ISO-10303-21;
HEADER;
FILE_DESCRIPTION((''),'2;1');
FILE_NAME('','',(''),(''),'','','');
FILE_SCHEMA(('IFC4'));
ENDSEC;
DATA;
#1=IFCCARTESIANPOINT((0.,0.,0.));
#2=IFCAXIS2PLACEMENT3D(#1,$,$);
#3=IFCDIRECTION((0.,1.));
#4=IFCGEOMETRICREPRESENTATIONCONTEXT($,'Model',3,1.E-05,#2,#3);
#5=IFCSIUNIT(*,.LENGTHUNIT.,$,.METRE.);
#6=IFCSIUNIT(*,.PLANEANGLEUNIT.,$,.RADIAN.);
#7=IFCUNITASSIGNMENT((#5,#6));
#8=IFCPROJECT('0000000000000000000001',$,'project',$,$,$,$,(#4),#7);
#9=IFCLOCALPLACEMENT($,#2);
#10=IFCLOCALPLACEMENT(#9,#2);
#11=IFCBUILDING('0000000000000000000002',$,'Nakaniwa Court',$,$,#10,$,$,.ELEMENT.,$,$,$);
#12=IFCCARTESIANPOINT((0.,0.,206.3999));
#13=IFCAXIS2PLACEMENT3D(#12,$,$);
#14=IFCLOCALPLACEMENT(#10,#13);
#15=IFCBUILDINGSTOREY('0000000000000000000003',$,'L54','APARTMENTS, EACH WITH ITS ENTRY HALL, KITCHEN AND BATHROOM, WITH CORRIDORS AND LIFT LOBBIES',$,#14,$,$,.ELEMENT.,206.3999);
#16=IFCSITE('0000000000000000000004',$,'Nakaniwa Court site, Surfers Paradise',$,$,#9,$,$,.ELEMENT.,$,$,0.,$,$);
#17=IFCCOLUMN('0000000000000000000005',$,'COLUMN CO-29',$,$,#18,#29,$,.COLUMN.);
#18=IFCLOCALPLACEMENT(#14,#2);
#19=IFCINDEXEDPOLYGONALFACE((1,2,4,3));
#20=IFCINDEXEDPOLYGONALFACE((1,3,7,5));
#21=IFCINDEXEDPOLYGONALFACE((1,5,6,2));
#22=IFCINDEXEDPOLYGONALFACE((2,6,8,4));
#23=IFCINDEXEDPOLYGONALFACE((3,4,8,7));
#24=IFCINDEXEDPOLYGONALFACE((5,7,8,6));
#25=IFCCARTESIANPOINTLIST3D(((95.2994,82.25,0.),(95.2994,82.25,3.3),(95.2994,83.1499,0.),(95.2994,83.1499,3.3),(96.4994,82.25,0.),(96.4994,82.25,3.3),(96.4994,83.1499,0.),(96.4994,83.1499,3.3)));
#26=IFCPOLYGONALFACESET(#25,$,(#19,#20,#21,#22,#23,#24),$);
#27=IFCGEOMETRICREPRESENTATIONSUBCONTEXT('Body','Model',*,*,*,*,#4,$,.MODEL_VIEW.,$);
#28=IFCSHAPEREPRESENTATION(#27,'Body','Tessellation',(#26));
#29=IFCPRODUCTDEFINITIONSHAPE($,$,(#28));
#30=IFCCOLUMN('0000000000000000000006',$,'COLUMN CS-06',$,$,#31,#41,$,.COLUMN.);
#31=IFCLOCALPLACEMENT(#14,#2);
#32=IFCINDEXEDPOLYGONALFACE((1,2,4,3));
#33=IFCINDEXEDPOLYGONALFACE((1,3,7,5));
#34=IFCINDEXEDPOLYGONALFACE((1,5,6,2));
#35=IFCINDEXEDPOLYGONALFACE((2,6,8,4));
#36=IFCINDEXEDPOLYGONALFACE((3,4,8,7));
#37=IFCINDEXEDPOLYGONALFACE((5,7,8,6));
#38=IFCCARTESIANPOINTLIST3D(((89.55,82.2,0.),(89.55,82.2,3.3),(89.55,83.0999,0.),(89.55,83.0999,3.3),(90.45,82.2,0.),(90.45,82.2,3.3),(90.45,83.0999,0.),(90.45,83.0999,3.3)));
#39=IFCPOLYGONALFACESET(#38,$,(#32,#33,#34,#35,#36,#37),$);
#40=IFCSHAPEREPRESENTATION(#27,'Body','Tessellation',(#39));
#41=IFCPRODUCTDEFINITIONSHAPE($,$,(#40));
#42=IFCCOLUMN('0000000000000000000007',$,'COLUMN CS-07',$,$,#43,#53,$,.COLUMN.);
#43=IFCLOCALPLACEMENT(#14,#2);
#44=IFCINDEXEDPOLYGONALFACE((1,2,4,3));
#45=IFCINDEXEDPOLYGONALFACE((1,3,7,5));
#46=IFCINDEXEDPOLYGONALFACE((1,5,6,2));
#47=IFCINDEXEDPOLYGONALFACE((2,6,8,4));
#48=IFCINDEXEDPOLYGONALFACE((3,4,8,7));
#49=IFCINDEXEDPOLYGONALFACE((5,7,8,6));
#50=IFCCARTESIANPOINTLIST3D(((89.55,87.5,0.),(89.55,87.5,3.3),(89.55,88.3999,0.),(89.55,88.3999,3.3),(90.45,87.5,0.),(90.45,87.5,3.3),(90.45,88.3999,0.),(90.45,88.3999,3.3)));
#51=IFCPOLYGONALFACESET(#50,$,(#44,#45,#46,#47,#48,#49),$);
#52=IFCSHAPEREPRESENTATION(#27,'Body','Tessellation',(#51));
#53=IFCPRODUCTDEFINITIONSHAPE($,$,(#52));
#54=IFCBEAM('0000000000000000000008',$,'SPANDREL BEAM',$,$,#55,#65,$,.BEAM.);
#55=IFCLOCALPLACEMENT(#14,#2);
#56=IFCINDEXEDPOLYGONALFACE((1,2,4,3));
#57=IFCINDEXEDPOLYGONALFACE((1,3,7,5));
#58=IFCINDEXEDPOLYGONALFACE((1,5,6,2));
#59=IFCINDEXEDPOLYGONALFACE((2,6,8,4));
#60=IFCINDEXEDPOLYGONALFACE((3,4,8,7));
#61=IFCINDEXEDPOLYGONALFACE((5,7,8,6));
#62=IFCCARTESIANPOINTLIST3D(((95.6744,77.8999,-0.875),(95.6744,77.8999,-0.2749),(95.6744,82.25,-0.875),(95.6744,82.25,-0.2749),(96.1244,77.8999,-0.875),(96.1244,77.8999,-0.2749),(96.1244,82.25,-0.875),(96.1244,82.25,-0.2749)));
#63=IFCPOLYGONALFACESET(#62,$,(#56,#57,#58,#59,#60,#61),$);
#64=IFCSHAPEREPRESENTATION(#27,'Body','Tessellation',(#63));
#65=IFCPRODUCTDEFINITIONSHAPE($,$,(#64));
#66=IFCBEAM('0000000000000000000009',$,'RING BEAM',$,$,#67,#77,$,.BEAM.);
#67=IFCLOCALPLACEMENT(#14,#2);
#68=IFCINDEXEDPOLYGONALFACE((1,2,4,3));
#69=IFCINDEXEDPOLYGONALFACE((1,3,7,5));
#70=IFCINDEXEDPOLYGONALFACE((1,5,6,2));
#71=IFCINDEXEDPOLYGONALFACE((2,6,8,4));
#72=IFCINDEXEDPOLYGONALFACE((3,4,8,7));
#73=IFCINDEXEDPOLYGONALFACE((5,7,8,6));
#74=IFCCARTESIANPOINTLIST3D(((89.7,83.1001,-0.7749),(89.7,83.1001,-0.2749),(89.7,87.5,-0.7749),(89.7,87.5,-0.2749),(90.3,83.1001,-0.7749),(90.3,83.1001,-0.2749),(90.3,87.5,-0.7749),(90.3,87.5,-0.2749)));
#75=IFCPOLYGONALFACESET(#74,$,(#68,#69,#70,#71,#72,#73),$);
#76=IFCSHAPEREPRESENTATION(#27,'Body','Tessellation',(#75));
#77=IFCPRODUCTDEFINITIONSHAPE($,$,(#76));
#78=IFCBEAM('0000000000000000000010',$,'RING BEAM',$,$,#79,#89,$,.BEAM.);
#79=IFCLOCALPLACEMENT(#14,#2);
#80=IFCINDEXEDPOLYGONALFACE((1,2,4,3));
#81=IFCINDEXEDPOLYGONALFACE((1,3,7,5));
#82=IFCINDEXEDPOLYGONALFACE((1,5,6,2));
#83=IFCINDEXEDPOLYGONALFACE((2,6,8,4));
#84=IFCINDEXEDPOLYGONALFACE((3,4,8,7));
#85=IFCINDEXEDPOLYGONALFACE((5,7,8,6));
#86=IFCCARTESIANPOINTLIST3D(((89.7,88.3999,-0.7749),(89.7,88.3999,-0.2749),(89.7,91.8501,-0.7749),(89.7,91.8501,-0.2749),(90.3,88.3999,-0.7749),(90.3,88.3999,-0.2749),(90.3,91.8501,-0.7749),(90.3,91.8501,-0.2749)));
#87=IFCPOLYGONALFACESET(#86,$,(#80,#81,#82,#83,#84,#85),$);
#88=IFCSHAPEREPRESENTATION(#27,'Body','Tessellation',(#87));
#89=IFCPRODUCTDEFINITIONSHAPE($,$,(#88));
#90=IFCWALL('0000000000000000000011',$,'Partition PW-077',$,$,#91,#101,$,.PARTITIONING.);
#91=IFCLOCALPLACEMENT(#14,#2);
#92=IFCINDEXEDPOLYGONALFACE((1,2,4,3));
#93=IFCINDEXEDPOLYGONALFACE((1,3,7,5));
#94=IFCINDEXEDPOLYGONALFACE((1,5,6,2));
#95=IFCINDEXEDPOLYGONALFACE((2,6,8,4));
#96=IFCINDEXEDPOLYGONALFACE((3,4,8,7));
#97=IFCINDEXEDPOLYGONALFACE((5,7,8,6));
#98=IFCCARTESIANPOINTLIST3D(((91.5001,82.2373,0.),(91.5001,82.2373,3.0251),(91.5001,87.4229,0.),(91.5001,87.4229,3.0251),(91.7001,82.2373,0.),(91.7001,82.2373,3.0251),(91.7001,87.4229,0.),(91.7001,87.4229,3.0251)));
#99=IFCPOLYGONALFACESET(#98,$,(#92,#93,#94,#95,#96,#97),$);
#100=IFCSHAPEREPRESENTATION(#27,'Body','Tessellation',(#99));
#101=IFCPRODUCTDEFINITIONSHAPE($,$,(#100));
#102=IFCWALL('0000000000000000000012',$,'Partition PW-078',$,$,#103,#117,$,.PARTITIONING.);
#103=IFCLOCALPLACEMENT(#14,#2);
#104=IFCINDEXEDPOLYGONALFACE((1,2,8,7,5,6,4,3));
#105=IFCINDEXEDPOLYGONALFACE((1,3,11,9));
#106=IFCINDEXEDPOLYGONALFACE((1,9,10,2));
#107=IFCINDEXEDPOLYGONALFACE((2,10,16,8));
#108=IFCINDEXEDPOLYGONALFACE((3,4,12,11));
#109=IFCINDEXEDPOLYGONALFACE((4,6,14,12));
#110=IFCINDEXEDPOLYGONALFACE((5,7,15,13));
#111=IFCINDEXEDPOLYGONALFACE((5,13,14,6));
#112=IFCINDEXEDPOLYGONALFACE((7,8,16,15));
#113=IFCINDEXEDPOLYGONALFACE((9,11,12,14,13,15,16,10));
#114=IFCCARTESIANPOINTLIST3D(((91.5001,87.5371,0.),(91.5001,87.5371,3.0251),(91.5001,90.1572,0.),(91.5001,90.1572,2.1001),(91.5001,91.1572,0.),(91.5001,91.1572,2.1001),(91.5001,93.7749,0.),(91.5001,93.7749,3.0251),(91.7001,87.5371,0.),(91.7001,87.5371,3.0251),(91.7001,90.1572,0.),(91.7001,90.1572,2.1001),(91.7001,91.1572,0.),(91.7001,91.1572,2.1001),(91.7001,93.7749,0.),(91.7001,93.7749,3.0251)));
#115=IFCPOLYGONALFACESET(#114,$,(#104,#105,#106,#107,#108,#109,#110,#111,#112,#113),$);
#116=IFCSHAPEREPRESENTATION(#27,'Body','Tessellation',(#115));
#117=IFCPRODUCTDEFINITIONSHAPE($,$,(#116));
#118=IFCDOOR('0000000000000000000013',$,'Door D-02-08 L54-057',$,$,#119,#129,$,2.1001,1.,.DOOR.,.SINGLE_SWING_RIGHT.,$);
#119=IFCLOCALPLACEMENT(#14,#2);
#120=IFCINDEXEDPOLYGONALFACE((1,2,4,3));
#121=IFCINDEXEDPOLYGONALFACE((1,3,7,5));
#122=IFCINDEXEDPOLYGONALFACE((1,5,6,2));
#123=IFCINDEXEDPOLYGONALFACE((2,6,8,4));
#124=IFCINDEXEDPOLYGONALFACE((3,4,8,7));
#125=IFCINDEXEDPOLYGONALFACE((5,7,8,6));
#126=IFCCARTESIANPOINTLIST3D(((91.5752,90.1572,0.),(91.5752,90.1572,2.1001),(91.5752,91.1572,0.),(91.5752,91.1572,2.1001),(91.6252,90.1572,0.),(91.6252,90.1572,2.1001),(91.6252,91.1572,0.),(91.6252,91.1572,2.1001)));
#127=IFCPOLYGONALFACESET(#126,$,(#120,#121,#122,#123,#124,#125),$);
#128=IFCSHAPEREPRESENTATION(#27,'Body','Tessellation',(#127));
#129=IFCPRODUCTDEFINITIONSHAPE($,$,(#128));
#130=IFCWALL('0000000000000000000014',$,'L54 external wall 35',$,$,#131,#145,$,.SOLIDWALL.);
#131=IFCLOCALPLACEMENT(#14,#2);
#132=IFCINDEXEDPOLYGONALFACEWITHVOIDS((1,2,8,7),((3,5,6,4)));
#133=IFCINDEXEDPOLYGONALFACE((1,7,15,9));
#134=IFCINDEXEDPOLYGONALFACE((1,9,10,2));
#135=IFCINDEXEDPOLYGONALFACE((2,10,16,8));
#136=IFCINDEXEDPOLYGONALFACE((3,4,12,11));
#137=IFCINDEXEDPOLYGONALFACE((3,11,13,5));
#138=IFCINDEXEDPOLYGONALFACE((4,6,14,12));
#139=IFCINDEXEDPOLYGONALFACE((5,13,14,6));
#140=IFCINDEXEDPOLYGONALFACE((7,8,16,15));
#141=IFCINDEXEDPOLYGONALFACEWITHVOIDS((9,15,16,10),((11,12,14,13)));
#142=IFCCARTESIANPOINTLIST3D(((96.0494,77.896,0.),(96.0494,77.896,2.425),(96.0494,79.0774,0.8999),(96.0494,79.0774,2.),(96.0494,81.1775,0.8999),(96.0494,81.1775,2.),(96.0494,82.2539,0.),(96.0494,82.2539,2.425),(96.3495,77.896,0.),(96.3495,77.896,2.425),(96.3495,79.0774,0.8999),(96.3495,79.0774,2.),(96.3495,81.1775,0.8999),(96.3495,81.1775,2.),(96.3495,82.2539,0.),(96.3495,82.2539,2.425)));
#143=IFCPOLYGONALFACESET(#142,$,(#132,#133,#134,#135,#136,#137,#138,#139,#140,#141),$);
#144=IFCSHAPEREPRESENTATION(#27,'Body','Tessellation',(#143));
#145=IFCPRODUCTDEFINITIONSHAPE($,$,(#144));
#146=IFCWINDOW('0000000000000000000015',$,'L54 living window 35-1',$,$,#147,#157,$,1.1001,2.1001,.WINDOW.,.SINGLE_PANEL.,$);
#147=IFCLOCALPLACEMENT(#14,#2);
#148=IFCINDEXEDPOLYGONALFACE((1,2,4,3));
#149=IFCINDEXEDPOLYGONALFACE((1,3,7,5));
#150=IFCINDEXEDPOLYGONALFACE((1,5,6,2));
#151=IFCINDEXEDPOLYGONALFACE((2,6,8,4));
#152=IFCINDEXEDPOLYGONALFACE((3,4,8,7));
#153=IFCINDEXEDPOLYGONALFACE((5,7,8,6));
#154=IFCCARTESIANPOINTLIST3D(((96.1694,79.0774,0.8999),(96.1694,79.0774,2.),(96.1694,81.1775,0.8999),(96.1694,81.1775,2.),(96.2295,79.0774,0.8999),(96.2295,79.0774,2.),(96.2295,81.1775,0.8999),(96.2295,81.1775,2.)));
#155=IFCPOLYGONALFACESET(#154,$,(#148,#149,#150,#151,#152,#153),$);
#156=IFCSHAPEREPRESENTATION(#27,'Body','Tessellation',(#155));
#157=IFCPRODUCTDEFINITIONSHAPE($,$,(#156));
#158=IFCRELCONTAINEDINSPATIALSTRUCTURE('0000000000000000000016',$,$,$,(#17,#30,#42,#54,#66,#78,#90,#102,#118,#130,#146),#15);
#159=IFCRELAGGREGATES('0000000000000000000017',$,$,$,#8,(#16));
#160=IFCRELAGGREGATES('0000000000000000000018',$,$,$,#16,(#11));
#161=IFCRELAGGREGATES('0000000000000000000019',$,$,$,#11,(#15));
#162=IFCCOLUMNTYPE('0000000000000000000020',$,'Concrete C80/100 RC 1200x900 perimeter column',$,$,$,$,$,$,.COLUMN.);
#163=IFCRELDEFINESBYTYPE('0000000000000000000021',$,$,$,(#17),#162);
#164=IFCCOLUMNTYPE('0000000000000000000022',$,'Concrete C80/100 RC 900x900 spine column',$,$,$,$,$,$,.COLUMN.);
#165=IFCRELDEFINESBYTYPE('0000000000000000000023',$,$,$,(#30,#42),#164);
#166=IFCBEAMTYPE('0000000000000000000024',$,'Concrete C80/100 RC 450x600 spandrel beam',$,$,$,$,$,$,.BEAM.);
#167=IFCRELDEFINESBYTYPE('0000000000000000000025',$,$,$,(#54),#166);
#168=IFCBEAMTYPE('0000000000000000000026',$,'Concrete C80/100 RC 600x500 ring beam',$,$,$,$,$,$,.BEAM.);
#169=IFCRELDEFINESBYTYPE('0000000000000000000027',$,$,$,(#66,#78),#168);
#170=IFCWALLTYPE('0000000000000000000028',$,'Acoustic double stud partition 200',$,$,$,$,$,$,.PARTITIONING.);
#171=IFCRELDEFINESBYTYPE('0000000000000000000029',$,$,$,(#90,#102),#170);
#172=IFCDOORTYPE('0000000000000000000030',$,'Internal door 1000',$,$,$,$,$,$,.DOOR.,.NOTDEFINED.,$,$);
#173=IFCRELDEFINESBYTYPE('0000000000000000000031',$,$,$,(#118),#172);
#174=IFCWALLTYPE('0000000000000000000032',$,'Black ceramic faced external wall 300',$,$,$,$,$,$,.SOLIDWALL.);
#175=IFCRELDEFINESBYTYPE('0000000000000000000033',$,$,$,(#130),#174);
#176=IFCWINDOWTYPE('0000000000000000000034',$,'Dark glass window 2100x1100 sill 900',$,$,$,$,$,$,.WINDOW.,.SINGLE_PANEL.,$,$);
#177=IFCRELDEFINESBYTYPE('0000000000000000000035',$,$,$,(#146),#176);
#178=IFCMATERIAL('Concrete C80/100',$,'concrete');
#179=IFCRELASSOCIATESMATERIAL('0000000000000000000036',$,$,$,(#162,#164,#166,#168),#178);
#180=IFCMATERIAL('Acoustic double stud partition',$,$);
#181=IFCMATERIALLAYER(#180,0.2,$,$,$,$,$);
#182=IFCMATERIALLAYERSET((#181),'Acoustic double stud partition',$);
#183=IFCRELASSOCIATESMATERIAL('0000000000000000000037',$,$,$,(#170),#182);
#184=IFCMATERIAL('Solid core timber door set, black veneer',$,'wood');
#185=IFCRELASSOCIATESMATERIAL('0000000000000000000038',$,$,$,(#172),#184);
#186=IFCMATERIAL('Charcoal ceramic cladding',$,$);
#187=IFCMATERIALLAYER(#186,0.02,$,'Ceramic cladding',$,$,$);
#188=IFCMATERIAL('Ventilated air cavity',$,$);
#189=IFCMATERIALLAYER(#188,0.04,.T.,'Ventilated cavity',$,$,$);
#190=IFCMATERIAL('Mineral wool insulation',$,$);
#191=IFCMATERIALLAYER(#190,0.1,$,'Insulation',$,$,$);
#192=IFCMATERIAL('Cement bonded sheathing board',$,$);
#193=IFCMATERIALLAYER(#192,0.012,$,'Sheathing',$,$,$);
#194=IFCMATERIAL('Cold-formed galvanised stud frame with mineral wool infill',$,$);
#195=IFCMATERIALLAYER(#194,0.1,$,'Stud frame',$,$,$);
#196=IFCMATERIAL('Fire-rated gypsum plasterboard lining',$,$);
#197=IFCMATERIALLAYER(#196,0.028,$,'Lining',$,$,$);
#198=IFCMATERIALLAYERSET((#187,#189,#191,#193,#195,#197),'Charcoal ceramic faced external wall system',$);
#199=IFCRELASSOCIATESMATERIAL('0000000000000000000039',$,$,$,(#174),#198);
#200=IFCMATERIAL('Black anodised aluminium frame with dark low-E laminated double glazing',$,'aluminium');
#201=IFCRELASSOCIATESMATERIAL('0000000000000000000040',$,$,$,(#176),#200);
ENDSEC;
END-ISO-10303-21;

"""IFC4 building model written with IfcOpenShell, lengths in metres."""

from ifc_helpers import new_model, si_unit, direction, frame, frame_2d, origin, origin_2d, place, context, subcontext, project, spatial, rectangle, extrude, material, layer, layer_set, material_profile, profile_set, type_object, element, fill, save


model = new_model("IFC4")

# Units and contexts
model_context = context("Model", 3, precision=1e-05, world=origin(), true_north=direction((0.0, 1.0)))
body_context = subcontext(model_context, "Body", "Model", "MODEL_VIEW")
ifc_project = project(units=[si_unit("LENGTHUNIT", "METRE"), si_unit("PLANEANGLEUNIT", "RADIAN")], contexts=[model_context])

# Site, building, storey
site_placement = place(None, origin())
site = spatial("IfcSite", under=ifc_project, at=site_placement, Name="Nakaniwa Court site, Surfers Paradise", CompositionType="ELEMENT", RefElevation=0.0)
building_placement = place(site_placement, origin())
building = spatial("IfcBuilding", under=site, at=building_placement, Name="Nakaniwa Court", CompositionType="ELEMENT")
storey_placement = place(building_placement, frame((0.0, 0.0, 206.3999)))
storey = spatial("IfcBuildingStorey", under=building, at=storey_placement, Name="L54", Description="APARTMENTS, EACH WITH ITS ENTRY HALL, KITCHEN AND BATHROOM, WITH CORRIDORS AND LIFT LOBBIES", CompositionType="ELEMENT", Elevation=206.3999)

# Columns
ifc_material_1 = material(Name="Concrete C80/100", Category="concrete")
ifc_material_profile_1 = material_profile(ifc_material_1, rectangle(XDim=1.2, YDim=0.8999, at=origin_2d()), Name="Concrete C80/100 RC 1200x900 perimeter column")
ifc_profile_set_1 = profile_set([ifc_material_profile_1], Name="Concrete C80/100")
column_type_1 = type_object("IfcColumnType", Name="Concrete C80/100 RC 1200x900 perimeter column", PredefinedType="COLUMN", material=ifc_profile_set_1)
column_placement = place(storey_placement, frame((95.8994, 82.7, 0.0), z_axis=(0.0, 0.0, 1.0), x_axis=(1.0, 0.0, 0.0)))
element("IfcColumn", 1, at=column_placement, inside=storey, type_object=column_type_1, Name="COLUMN CO-29", PredefinedType="COLUMN", context=body_context, shape_type="SweptSolid", body=[
    extrude(rectangle(XDim=1.2, YDim=0.8999, at=origin_2d()), origin(), (0.0, 0.0, 1.0), 3.3),
])
ifc_material_profile_2 = material_profile(ifc_material_1, rectangle(XDim=0.8999, YDim=0.8999, at=origin_2d()), Name="Concrete C80/100 RC 900x900 spine column")
ifc_profile_set_2 = profile_set([ifc_material_profile_2], Name="Concrete C80/100")
column_type_2 = type_object("IfcColumnType", Name="Concrete C80/100 RC 900x900 spine column", PredefinedType="COLUMN", material=ifc_profile_set_2)
for number, where, z_axis, x_axis, name in (
    (2, (90.0, 82.6499, 0.0), (0.0, 0.0, 1.0), (0.0, 1.0, 0.0), "COLUMN CS-06"),
    (3, (90.0, 87.95, 0.0), (0.0, 0.0, 1.0), (0.0, 1.0, 0.0), "COLUMN CS-07"),
):
    element("IfcColumn", number, at=place(storey_placement, frame(where, z_axis=z_axis, x_axis=x_axis)), inside=storey, type_object=column_type_2, Name=name, PredefinedType="COLUMN", context=body_context, shape_type="SweptSolid", body=[
        extrude(rectangle(XDim=0.8999, YDim=0.8999, at=origin_2d()), origin(), (0.0, 0.0, 1.0), 3.3),
    ])

# Beams
ifc_material_profile_3 = material_profile(ifc_material_1, rectangle(XDim=0.45, YDim=0.6001, at=origin_2d()), Name="Concrete C80/100 RC 450x600 spandrel beam")
ifc_profile_set_3 = profile_set([ifc_material_profile_3], Name="Concrete C80/100")
beam_type_1 = type_object("IfcBeamType", Name="Concrete C80/100 RC 450x600 spandrel beam", PredefinedType="BEAM", material=ifc_profile_set_3)
beam_1_placement = place(storey_placement, frame((95.8994, 77.8999, -0.575), z_axis=(0.0, 1.0, 0.0), x_axis=(-1.0, 0.0, 0.0)))
element("IfcBeam", 4, at=beam_1_placement, inside=storey, type_object=beam_type_1, Name="SPANDREL BEAM", PredefinedType="BEAM", context=body_context, shape_type="SweptSolid", body=[
    extrude(rectangle(XDim=0.45, YDim=0.6001, at=origin_2d()), origin(), (0.0, 0.0, 1.0), 4.3501),
])
ifc_material_profile_4 = material_profile(ifc_material_1, rectangle(XDim=0.6001, YDim=0.5, at=origin_2d()), Name="Concrete C80/100 RC 600x500 ring beam")
ifc_profile_set_4 = profile_set([ifc_material_profile_4], Name="Concrete C80/100")
beam_type_2 = type_object("IfcBeamType", Name="Concrete C80/100 RC 600x500 ring beam", PredefinedType="BEAM", material=ifc_profile_set_4)
beam_2_placement = place(storey_placement, frame((90.0, 83.1001, -0.5249), z_axis=(0.0, 1.0, 0.0), x_axis=(-1.0, 0.0, 0.0)))
element("IfcBeam", 5, at=beam_2_placement, inside=storey, type_object=beam_type_2, Name="RING BEAM", PredefinedType="BEAM", context=body_context, shape_type="SweptSolid", body=[
    extrude(rectangle(XDim=0.6001, YDim=0.5, at=origin_2d()), origin(), (0.0, 0.0, 1.0), 4.3999),
])
beam_3_placement = place(storey_placement, frame((90.0, 88.3999, -0.5249), z_axis=(0.0, 1.0, 0.0), x_axis=(-1.0, 0.0, 0.0)))
element("IfcBeam", 6, at=beam_3_placement, inside=storey, type_object=beam_type_2, Name="RING BEAM", PredefinedType="BEAM", context=body_context, shape_type="SweptSolid", body=[
    extrude(rectangle(XDim=0.6001, YDim=0.5, at=origin_2d()), origin(), (0.0, 0.0, 1.0), 3.4502),
])

# Wall
ifc_material_2 = material(Name="Acoustic double stud partition")
ifc_layer_1 = layer(ifc_material_2, 0.2)
ifc_layer_set_1 = layer_set([ifc_layer_1], Name="Acoustic double stud partition")
wall_type_1 = type_object("IfcWallType", Name="Acoustic double stud partition 200", PredefinedType="PARTITIONING", material=ifc_layer_set_1)
wall_1_placement = place(storey_placement, frame((91.6001, 82.2373, 0.0), z_axis=(0.0, 0.0, 1.0), x_axis=(0.0, 1.0, 0.0)))
element("IfcWall", 7, at=wall_1_placement, inside=storey, type_object=wall_type_1, Name="Partition PW-077", PredefinedType="PARTITIONING", context=body_context, shape_type="SweptSolid", body=[
    extrude(rectangle(XDim=5.1855, YDim=0.2, at=frame_2d((2.5928, 0.0))), origin(), (0.0, 0.0, 1.0), 3.0251),
])

# Wall, opening, door
wall_2_placement = place(storey_placement, frame((91.6001, 87.5371, 0.0), z_axis=(0.0, 0.0, 1.0), x_axis=(0.0, 1.0, 0.0)))
wall_2 = element("IfcWall", 8, at=wall_2_placement, inside=storey, type_object=wall_type_1, Name="Partition PW-078", PredefinedType="PARTITIONING", context=body_context, shape_type="SweptSolid", body=[
    extrude(rectangle(XDim=6.2378, YDim=0.2, at=frame_2d((3.1189, 0.0))), origin(), (0.0, 0.0, 1.0), 3.0251),
])
opening_1_placement = place(wall_2_placement, frame((2.6201, 0.0, 0.0)))
opening_1 = element("IfcOpeningElement", 9, at=opening_1_placement, cuts=wall_2, PredefinedType="OPENING", context=body_context, shape_type="SweptSolid", body=[
    extrude(rectangle(XDim=1.0, YDim=2.1001, at=frame_2d((0.5, 1.05))), frame((0.0, 0.1099, 0.0), z_axis=(0.0, -1.0, 0.0), x_axis=(1.0, 0.0, 0.0)), (0.0, 0.0, 1.0), 0.22),
])
ifc_material_3 = material(Name="Solid core timber door set, black veneer", Category="wood")
door_type_1 = type_object("IfcDoorType", Name="Internal door 1000", OperationType="NOTDEFINED", PredefinedType="DOOR", material=ifc_material_3)
door_1_placement = place(opening_1_placement, origin())
door_1 = element("IfcDoor", 10, at=door_1_placement, inside=storey, type_object=door_type_1, Name="Door D-02-08 L54-057", OperationType="SINGLE_SWING_RIGHT", OverallHeight=2.1001, OverallWidth=1.0, PredefinedType="DOOR", context=body_context, shape_type="SweptSolid", body=[
    extrude(rectangle(XDim=1.0, YDim=2.1001, at=frame_2d((0.5, 1.05))), frame((0.0, 0.0249, 0.0), z_axis=(0.0, -1.0, 0.0), x_axis=(1.0, 0.0, 0.0)), (0.0, 0.0, 1.0), 0.05),
])
fill(opening_1, door_1)

# Wall, opening, window
ifc_material_4 = material(Name="Charcoal ceramic cladding")
ifc_layer_2 = layer(ifc_material_4, 0.02, Name="Ceramic cladding")
ifc_material_5 = material(Name="Ventilated air cavity")
ifc_layer_3 = layer(ifc_material_5, 0.04, ventilated=True, Name="Ventilated cavity")
ifc_material_6 = material(Name="Mineral wool insulation")
ifc_layer_4 = layer(ifc_material_6, 0.1, Name="Insulation")
ifc_material_7 = material(Name="Cement bonded sheathing board")
ifc_layer_5 = layer(ifc_material_7, 0.012, Name="Sheathing")
ifc_material_8 = material(Name="Cold-formed galvanised stud frame with mineral wool infill")
ifc_layer_6 = layer(ifc_material_8, 0.1, Name="Stud frame")
ifc_material_9 = material(Name="Fire-rated gypsum plasterboard lining")
ifc_layer_7 = layer(ifc_material_9, 0.028, Name="Lining")
ifc_layer_set_2 = layer_set([ifc_layer_2, ifc_layer_3, ifc_layer_4, ifc_layer_5, ifc_layer_6, ifc_layer_7], Name="Charcoal ceramic faced external wall system")
wall_type_2 = type_object("IfcWallType", Name="Black ceramic faced external wall 300", PredefinedType="SOLIDWALL", material=ifc_layer_set_2)
wall_3_placement = place(storey_placement, frame((96.1995, 77.896, 0.0), z_axis=(0.0, 0.0, 1.0), x_axis=(0.0, 1.0, 0.0)))
wall_3 = element("IfcWall", 11, at=wall_3_placement, inside=storey, type_object=wall_type_2, Name="L54 external wall 35", PredefinedType="SOLIDWALL", context=body_context, shape_type="SweptSolid", body=[
    extrude(rectangle(XDim=4.3579, YDim=0.3, at=frame_2d((2.179, 0.0))), origin(), (0.0, 0.0, 1.0), 2.425),
])
opening_2_placement = place(wall_3_placement, frame((1.1814, 0.0, 0.8999)))
opening_2 = element("IfcOpeningElement", 12, at=opening_2_placement, cuts=wall_3, PredefinedType="OPENING", context=body_context, shape_type="SweptSolid", body=[
    extrude(rectangle(XDim=2.1001, YDim=1.1001, at=frame_2d((1.05, 0.55))), frame((0.0, 0.1599, 0.0), z_axis=(0.0, -1.0, 0.0), x_axis=(1.0, 0.0, 0.0)), (0.0, 0.0, 1.0), 0.3201),
])
ifc_material_10 = material(Name="Black anodised aluminium frame with dark low-E laminated double glazing", Category="aluminium")
window_type = type_object("IfcWindowType", Name="Dark glass window 2100x1100 sill 900", PartitioningType="SINGLE_PANEL", PredefinedType="WINDOW", material=ifc_material_10)
window_placement = place(opening_2_placement, origin())
window = element("IfcWindow", 13, at=window_placement, inside=storey, type_object=window_type, Name="L54 living window 35-1", OverallHeight=1.1001, OverallWidth=2.1001, PartitioningType="SINGLE_PANEL", PredefinedType="WINDOW", context=body_context, shape_type="SweptSolid", body=[
    extrude(rectangle(XDim=2.1001, YDim=1.1001, at=frame_2d((1.05, 0.55))), frame((0.0, 0.03, 0.0), z_axis=(0.0, -1.0, 0.0), x_axis=(1.0, 0.0, 0.0)), (0.0, 0.0, 1.0), 0.0601),
])
fill(opening_2, window)

save(model, "model.ifc")
